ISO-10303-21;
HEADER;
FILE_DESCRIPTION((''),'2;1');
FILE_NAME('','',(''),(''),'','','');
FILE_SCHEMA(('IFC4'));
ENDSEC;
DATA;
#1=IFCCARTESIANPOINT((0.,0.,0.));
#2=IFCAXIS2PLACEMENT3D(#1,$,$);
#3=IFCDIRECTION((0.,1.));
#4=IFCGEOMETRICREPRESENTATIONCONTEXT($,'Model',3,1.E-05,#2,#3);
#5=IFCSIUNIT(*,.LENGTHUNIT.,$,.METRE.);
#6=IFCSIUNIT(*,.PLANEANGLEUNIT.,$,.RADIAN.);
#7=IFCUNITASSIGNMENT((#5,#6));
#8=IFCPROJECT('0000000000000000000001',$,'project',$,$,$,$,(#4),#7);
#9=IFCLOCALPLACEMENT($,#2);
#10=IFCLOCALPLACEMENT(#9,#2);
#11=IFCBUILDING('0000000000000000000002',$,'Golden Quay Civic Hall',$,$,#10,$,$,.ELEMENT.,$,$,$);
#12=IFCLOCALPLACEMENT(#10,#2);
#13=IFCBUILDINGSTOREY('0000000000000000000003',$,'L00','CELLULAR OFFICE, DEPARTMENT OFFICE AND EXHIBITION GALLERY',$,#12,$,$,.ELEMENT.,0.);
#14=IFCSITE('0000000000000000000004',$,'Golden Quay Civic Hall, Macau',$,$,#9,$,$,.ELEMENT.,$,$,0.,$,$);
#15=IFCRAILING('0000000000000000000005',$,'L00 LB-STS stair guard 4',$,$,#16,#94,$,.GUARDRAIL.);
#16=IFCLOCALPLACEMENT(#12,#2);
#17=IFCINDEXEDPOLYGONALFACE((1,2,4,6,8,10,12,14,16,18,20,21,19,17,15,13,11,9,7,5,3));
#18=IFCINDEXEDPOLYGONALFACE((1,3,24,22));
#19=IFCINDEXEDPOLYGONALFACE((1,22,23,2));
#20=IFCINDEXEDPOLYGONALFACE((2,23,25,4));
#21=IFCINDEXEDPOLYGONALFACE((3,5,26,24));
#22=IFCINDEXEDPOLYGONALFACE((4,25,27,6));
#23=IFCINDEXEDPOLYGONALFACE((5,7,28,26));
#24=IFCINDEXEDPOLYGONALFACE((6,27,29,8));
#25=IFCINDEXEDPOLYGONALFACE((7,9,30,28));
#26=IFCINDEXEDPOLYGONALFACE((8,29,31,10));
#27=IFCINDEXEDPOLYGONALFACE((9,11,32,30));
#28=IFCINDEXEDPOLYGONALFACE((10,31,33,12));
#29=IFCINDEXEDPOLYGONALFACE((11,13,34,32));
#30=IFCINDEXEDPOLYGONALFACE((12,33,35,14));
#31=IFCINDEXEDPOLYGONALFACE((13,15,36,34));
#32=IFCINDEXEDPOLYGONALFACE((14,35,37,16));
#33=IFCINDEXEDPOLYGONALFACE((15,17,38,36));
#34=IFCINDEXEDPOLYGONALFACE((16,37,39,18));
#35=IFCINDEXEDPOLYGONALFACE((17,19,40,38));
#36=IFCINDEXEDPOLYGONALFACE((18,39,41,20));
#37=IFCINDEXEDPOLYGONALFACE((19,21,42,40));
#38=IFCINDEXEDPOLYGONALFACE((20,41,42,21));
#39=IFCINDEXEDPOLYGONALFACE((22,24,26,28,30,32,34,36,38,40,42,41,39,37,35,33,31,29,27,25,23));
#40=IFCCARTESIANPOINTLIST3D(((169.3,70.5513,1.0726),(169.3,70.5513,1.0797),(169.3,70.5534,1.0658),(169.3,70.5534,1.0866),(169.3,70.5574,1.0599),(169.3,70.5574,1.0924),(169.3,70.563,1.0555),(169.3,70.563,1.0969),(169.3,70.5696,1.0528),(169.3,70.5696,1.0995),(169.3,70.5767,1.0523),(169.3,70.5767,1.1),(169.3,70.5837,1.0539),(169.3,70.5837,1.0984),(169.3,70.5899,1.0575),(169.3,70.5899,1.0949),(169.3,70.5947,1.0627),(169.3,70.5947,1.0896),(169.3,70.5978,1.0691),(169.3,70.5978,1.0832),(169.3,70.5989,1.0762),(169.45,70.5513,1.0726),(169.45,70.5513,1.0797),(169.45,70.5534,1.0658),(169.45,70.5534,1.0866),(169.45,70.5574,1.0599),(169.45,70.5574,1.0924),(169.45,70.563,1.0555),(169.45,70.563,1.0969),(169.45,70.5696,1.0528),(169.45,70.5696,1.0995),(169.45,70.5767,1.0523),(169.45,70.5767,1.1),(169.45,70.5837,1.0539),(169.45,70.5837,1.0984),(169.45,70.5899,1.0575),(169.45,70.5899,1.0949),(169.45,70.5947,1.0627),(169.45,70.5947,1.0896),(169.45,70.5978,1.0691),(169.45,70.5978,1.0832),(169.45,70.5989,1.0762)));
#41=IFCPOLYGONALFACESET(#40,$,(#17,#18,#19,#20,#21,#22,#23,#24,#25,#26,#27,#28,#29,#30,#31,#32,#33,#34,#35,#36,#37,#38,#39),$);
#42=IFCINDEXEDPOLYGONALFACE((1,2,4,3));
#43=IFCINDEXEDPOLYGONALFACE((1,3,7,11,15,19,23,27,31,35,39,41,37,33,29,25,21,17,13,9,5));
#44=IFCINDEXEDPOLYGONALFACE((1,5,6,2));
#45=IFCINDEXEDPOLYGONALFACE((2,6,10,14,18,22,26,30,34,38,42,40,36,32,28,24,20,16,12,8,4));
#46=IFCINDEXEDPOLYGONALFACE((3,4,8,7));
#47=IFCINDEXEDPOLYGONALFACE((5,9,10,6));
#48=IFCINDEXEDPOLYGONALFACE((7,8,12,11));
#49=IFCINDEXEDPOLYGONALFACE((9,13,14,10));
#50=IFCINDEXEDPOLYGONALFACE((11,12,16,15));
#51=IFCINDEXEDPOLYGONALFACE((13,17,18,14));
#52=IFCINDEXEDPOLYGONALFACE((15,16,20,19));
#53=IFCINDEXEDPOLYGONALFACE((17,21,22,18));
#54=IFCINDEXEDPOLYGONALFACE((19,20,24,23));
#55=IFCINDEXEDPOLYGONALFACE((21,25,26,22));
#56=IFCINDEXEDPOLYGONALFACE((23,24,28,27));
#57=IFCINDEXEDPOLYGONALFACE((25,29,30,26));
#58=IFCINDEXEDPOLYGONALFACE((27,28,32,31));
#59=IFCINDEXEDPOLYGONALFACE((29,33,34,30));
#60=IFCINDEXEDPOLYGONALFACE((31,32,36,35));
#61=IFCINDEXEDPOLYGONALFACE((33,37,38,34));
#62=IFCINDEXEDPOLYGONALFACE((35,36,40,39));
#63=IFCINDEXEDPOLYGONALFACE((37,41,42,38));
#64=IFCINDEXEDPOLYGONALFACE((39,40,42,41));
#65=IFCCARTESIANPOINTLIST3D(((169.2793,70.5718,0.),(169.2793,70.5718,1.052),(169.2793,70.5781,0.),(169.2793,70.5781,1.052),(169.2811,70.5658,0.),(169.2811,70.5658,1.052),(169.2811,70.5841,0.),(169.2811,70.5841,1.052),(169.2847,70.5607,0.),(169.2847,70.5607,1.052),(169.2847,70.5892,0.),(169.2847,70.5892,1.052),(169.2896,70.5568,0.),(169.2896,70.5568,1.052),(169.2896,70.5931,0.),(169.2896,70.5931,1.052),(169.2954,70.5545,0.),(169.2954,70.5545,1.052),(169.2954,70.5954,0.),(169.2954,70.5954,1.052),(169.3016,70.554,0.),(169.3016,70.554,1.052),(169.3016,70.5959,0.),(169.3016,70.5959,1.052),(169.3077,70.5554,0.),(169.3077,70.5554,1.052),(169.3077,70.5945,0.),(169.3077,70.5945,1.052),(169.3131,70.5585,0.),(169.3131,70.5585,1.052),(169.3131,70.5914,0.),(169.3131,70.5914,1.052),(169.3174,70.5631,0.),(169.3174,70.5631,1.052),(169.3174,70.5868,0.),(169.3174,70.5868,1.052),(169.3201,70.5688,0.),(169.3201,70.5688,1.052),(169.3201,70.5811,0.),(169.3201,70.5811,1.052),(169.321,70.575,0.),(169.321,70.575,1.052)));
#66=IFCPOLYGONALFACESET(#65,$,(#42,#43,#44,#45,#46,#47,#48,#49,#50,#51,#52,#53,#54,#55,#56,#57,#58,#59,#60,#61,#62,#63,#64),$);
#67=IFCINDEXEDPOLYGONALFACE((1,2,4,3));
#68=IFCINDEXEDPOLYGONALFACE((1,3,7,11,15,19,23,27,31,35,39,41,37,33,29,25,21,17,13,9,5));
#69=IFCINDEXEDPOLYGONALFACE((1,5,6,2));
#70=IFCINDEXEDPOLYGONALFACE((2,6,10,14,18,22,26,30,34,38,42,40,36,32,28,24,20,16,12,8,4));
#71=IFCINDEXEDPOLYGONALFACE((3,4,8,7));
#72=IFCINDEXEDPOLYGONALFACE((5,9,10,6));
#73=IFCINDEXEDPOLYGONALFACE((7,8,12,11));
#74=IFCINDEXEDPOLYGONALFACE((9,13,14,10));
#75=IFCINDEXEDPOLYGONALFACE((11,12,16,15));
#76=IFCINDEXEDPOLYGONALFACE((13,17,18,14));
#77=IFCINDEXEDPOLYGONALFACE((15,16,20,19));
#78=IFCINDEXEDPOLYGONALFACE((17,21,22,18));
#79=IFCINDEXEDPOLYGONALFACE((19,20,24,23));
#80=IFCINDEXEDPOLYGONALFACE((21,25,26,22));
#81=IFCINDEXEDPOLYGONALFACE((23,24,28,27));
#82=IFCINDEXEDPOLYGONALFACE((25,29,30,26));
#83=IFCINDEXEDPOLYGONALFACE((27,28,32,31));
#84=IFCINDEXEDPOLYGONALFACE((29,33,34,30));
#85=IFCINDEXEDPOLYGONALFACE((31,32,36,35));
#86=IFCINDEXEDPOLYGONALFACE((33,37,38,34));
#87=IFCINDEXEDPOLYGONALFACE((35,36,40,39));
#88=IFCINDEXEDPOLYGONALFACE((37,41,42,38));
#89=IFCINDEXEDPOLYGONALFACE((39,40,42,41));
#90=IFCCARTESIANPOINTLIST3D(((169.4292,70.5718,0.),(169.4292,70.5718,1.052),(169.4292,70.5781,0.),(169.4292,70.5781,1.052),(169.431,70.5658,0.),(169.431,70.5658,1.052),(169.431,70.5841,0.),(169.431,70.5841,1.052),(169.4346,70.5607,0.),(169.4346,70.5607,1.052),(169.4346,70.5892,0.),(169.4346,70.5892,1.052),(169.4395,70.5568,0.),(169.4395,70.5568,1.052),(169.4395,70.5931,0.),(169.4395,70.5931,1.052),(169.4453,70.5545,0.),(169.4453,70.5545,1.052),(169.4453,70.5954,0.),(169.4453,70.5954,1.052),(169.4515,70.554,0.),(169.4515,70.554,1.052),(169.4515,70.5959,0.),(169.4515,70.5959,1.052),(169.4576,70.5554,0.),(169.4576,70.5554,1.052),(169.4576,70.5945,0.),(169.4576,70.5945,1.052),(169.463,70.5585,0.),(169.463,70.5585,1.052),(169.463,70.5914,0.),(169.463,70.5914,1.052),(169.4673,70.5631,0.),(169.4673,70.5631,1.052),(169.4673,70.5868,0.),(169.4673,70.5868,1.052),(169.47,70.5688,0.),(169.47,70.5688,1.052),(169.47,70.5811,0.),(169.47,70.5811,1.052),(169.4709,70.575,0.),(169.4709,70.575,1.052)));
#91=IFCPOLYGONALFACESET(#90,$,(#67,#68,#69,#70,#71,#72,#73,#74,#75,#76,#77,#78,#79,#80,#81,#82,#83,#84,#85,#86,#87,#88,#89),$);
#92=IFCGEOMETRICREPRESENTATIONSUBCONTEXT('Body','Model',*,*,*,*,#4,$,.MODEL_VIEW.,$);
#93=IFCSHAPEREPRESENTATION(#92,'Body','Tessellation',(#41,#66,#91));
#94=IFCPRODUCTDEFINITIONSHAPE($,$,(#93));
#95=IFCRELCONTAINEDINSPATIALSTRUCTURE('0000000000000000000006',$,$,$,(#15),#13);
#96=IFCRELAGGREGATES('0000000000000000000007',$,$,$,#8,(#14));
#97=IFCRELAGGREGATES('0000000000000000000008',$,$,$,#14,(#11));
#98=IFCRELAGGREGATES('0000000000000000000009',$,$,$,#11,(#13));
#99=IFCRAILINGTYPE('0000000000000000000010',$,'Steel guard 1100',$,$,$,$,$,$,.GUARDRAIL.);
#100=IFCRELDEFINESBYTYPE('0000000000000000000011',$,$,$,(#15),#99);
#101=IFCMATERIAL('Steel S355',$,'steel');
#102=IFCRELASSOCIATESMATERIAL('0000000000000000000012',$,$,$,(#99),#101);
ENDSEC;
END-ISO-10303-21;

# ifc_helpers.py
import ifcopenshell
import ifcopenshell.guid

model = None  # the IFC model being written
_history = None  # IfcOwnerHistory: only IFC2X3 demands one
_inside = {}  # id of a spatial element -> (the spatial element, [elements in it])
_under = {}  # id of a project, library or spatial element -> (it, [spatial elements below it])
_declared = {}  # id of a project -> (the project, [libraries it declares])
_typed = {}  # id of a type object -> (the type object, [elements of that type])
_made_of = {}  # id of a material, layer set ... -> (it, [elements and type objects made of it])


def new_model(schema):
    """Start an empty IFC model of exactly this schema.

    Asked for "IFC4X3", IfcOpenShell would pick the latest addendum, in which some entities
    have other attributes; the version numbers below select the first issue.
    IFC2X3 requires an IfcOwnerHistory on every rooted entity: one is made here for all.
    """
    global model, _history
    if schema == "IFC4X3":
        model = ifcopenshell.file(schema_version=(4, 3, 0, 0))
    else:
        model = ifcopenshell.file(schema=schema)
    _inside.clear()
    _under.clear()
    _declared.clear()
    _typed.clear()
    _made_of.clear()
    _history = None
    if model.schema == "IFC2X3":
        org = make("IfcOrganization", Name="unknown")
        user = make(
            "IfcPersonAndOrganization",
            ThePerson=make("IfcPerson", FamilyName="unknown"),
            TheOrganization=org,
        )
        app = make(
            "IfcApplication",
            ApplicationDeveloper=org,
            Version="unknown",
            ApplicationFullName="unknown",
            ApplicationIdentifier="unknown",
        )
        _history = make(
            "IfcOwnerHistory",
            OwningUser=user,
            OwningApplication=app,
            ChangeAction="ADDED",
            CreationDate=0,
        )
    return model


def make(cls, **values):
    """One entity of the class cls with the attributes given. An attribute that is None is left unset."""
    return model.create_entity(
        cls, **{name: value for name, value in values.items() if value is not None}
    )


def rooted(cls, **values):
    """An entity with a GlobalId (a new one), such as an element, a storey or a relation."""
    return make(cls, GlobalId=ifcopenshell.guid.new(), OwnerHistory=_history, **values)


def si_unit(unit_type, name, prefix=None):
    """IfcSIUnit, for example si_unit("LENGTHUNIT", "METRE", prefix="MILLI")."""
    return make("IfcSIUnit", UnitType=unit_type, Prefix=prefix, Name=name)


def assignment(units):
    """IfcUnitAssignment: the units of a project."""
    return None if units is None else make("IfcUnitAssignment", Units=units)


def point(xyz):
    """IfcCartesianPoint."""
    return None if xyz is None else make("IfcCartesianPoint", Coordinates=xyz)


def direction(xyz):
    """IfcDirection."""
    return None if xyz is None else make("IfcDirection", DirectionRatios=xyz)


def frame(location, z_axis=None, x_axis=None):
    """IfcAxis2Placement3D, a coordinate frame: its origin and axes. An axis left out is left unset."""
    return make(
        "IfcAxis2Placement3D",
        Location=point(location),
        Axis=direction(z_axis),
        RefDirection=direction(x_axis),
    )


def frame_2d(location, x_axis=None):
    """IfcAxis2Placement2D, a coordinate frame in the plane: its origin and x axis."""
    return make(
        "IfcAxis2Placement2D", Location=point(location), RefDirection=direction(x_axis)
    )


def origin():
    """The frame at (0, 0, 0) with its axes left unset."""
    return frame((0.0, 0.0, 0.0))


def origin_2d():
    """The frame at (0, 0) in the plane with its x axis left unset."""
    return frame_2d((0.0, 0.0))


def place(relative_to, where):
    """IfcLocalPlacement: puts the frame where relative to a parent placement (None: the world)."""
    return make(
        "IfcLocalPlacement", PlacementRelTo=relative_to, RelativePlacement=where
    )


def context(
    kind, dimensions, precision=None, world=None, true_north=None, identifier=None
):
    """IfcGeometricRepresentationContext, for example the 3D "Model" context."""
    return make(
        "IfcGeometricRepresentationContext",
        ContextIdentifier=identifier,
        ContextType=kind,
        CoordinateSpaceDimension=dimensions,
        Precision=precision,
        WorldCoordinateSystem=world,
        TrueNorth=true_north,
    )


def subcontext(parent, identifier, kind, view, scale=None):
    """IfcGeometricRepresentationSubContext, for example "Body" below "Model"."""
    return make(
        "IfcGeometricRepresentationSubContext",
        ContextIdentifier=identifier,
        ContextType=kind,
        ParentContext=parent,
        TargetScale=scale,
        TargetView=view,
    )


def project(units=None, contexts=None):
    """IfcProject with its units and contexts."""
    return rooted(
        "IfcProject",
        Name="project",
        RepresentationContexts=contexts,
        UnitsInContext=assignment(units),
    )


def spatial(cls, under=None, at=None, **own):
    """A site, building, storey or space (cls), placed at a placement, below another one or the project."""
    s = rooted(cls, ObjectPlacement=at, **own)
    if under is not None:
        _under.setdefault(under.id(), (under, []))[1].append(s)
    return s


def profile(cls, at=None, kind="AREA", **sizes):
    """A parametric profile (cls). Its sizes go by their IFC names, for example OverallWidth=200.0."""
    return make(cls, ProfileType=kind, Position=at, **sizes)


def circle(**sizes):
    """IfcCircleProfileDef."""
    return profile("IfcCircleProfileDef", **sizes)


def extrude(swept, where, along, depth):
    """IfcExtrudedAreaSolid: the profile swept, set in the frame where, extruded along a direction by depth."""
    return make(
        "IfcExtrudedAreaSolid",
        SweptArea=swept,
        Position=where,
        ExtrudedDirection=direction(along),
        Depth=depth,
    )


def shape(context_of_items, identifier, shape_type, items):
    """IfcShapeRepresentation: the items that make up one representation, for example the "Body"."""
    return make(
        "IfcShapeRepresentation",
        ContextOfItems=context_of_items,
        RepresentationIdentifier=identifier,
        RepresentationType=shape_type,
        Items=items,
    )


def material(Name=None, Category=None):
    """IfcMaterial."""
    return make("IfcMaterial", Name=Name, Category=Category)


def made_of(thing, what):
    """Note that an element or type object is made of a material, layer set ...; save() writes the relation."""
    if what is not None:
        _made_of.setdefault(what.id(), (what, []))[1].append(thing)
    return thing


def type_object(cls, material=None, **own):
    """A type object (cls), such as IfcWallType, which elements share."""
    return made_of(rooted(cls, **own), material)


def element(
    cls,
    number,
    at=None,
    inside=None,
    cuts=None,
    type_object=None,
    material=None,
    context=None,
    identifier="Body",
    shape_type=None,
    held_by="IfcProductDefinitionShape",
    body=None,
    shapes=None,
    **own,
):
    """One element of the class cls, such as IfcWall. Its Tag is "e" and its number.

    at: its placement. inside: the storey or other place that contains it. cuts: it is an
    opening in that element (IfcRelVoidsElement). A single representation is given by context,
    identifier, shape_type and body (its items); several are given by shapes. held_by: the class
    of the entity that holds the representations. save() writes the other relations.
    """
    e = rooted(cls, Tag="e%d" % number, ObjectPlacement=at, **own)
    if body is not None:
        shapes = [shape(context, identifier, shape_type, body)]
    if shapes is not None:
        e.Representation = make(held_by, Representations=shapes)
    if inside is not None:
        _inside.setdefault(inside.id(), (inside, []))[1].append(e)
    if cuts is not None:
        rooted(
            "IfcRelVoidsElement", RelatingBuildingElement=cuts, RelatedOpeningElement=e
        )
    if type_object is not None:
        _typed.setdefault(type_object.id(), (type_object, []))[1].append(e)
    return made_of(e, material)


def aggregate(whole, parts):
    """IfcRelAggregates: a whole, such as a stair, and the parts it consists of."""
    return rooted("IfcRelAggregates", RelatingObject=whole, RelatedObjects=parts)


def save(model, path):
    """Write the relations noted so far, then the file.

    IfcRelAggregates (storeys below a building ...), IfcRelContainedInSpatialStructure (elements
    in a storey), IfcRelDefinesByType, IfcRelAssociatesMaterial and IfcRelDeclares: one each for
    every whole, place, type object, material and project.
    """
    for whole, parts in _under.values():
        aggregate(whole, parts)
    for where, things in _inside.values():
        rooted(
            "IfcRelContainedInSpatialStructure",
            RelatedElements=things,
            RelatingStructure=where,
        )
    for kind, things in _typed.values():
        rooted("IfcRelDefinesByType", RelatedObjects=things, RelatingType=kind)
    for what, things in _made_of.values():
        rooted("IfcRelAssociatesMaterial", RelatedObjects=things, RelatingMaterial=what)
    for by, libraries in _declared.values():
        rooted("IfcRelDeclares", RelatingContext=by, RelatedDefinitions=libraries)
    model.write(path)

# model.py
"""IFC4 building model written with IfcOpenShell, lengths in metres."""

from ifc_helpers import new_model, si_unit, direction, frame, origin, origin_2d, place, context, subcontext, project, spatial, circle, extrude, material, type_object, element, save


model = new_model("IFC4")

# Units and contexts
model_context = context("Model", 3, precision=1e-05, world=origin(), true_north=direction((0.0, 1.0)))
body_context = subcontext(model_context, "Body", "Model", "MODEL_VIEW")
ifc_project = project(units=[si_unit("LENGTHUNIT", "METRE"), si_unit("PLANEANGLEUNIT", "RADIAN")], contexts=[model_context])

# Site, building, storey
site_placement = place(None, origin())
site = spatial("IfcSite", under=ifc_project, at=site_placement, Name="Golden Quay Civic Hall, Macau", CompositionType="ELEMENT", RefElevation=0.0)
building_placement = place(site_placement, origin())
building = spatial("IfcBuilding", under=site, at=building_placement, Name="Golden Quay Civic Hall", CompositionType="ELEMENT")
storey_placement = place(building_placement, origin())
storey = spatial("IfcBuildingStorey", under=building, at=storey_placement, Name="L00", Description="CELLULAR OFFICE, DEPARTMENT OFFICE AND EXHIBITION GALLERY", CompositionType="ELEMENT", Elevation=0.0)

# Railing
ifc_material_1 = material(Name="Steel S355", Category="steel")
railing_type_1 = type_object("IfcRailingType", Name="Steel guard 1100", PredefinedType="GUARDRAIL", material=ifc_material_1)
railing_1_placement = place(storey_placement, frame((169.3, 70.575, 0.0)))
element("IfcRailing", 1, at=railing_1_placement, inside=storey, type_object=railing_type_1, Name="L00 LB-STS stair guard 4", PredefinedType="GUARDRAIL", context=body_context, shape_type="SweptSolid", body=[
    extrude(circle(Radius=0.0239, at=origin_2d()), frame((0.0, 0.0, 1.0762), z_axis=(1.0, 0.0, 0.0), x_axis=(0.0, 1.0, 0.0)), (0.0, 0.0, 1.0), 0.1499),
    extrude(circle(Radius=0.021, at=origin_2d()), origin(), (0.0, 0.0, 1.0), 1.052),
    extrude(circle(Radius=0.021, at=origin_2d()), frame((0.1499, 0.0, 0.0)), (0.0, 0.0, 1.0), 1.052),
])

save(model, "model.ifc")
